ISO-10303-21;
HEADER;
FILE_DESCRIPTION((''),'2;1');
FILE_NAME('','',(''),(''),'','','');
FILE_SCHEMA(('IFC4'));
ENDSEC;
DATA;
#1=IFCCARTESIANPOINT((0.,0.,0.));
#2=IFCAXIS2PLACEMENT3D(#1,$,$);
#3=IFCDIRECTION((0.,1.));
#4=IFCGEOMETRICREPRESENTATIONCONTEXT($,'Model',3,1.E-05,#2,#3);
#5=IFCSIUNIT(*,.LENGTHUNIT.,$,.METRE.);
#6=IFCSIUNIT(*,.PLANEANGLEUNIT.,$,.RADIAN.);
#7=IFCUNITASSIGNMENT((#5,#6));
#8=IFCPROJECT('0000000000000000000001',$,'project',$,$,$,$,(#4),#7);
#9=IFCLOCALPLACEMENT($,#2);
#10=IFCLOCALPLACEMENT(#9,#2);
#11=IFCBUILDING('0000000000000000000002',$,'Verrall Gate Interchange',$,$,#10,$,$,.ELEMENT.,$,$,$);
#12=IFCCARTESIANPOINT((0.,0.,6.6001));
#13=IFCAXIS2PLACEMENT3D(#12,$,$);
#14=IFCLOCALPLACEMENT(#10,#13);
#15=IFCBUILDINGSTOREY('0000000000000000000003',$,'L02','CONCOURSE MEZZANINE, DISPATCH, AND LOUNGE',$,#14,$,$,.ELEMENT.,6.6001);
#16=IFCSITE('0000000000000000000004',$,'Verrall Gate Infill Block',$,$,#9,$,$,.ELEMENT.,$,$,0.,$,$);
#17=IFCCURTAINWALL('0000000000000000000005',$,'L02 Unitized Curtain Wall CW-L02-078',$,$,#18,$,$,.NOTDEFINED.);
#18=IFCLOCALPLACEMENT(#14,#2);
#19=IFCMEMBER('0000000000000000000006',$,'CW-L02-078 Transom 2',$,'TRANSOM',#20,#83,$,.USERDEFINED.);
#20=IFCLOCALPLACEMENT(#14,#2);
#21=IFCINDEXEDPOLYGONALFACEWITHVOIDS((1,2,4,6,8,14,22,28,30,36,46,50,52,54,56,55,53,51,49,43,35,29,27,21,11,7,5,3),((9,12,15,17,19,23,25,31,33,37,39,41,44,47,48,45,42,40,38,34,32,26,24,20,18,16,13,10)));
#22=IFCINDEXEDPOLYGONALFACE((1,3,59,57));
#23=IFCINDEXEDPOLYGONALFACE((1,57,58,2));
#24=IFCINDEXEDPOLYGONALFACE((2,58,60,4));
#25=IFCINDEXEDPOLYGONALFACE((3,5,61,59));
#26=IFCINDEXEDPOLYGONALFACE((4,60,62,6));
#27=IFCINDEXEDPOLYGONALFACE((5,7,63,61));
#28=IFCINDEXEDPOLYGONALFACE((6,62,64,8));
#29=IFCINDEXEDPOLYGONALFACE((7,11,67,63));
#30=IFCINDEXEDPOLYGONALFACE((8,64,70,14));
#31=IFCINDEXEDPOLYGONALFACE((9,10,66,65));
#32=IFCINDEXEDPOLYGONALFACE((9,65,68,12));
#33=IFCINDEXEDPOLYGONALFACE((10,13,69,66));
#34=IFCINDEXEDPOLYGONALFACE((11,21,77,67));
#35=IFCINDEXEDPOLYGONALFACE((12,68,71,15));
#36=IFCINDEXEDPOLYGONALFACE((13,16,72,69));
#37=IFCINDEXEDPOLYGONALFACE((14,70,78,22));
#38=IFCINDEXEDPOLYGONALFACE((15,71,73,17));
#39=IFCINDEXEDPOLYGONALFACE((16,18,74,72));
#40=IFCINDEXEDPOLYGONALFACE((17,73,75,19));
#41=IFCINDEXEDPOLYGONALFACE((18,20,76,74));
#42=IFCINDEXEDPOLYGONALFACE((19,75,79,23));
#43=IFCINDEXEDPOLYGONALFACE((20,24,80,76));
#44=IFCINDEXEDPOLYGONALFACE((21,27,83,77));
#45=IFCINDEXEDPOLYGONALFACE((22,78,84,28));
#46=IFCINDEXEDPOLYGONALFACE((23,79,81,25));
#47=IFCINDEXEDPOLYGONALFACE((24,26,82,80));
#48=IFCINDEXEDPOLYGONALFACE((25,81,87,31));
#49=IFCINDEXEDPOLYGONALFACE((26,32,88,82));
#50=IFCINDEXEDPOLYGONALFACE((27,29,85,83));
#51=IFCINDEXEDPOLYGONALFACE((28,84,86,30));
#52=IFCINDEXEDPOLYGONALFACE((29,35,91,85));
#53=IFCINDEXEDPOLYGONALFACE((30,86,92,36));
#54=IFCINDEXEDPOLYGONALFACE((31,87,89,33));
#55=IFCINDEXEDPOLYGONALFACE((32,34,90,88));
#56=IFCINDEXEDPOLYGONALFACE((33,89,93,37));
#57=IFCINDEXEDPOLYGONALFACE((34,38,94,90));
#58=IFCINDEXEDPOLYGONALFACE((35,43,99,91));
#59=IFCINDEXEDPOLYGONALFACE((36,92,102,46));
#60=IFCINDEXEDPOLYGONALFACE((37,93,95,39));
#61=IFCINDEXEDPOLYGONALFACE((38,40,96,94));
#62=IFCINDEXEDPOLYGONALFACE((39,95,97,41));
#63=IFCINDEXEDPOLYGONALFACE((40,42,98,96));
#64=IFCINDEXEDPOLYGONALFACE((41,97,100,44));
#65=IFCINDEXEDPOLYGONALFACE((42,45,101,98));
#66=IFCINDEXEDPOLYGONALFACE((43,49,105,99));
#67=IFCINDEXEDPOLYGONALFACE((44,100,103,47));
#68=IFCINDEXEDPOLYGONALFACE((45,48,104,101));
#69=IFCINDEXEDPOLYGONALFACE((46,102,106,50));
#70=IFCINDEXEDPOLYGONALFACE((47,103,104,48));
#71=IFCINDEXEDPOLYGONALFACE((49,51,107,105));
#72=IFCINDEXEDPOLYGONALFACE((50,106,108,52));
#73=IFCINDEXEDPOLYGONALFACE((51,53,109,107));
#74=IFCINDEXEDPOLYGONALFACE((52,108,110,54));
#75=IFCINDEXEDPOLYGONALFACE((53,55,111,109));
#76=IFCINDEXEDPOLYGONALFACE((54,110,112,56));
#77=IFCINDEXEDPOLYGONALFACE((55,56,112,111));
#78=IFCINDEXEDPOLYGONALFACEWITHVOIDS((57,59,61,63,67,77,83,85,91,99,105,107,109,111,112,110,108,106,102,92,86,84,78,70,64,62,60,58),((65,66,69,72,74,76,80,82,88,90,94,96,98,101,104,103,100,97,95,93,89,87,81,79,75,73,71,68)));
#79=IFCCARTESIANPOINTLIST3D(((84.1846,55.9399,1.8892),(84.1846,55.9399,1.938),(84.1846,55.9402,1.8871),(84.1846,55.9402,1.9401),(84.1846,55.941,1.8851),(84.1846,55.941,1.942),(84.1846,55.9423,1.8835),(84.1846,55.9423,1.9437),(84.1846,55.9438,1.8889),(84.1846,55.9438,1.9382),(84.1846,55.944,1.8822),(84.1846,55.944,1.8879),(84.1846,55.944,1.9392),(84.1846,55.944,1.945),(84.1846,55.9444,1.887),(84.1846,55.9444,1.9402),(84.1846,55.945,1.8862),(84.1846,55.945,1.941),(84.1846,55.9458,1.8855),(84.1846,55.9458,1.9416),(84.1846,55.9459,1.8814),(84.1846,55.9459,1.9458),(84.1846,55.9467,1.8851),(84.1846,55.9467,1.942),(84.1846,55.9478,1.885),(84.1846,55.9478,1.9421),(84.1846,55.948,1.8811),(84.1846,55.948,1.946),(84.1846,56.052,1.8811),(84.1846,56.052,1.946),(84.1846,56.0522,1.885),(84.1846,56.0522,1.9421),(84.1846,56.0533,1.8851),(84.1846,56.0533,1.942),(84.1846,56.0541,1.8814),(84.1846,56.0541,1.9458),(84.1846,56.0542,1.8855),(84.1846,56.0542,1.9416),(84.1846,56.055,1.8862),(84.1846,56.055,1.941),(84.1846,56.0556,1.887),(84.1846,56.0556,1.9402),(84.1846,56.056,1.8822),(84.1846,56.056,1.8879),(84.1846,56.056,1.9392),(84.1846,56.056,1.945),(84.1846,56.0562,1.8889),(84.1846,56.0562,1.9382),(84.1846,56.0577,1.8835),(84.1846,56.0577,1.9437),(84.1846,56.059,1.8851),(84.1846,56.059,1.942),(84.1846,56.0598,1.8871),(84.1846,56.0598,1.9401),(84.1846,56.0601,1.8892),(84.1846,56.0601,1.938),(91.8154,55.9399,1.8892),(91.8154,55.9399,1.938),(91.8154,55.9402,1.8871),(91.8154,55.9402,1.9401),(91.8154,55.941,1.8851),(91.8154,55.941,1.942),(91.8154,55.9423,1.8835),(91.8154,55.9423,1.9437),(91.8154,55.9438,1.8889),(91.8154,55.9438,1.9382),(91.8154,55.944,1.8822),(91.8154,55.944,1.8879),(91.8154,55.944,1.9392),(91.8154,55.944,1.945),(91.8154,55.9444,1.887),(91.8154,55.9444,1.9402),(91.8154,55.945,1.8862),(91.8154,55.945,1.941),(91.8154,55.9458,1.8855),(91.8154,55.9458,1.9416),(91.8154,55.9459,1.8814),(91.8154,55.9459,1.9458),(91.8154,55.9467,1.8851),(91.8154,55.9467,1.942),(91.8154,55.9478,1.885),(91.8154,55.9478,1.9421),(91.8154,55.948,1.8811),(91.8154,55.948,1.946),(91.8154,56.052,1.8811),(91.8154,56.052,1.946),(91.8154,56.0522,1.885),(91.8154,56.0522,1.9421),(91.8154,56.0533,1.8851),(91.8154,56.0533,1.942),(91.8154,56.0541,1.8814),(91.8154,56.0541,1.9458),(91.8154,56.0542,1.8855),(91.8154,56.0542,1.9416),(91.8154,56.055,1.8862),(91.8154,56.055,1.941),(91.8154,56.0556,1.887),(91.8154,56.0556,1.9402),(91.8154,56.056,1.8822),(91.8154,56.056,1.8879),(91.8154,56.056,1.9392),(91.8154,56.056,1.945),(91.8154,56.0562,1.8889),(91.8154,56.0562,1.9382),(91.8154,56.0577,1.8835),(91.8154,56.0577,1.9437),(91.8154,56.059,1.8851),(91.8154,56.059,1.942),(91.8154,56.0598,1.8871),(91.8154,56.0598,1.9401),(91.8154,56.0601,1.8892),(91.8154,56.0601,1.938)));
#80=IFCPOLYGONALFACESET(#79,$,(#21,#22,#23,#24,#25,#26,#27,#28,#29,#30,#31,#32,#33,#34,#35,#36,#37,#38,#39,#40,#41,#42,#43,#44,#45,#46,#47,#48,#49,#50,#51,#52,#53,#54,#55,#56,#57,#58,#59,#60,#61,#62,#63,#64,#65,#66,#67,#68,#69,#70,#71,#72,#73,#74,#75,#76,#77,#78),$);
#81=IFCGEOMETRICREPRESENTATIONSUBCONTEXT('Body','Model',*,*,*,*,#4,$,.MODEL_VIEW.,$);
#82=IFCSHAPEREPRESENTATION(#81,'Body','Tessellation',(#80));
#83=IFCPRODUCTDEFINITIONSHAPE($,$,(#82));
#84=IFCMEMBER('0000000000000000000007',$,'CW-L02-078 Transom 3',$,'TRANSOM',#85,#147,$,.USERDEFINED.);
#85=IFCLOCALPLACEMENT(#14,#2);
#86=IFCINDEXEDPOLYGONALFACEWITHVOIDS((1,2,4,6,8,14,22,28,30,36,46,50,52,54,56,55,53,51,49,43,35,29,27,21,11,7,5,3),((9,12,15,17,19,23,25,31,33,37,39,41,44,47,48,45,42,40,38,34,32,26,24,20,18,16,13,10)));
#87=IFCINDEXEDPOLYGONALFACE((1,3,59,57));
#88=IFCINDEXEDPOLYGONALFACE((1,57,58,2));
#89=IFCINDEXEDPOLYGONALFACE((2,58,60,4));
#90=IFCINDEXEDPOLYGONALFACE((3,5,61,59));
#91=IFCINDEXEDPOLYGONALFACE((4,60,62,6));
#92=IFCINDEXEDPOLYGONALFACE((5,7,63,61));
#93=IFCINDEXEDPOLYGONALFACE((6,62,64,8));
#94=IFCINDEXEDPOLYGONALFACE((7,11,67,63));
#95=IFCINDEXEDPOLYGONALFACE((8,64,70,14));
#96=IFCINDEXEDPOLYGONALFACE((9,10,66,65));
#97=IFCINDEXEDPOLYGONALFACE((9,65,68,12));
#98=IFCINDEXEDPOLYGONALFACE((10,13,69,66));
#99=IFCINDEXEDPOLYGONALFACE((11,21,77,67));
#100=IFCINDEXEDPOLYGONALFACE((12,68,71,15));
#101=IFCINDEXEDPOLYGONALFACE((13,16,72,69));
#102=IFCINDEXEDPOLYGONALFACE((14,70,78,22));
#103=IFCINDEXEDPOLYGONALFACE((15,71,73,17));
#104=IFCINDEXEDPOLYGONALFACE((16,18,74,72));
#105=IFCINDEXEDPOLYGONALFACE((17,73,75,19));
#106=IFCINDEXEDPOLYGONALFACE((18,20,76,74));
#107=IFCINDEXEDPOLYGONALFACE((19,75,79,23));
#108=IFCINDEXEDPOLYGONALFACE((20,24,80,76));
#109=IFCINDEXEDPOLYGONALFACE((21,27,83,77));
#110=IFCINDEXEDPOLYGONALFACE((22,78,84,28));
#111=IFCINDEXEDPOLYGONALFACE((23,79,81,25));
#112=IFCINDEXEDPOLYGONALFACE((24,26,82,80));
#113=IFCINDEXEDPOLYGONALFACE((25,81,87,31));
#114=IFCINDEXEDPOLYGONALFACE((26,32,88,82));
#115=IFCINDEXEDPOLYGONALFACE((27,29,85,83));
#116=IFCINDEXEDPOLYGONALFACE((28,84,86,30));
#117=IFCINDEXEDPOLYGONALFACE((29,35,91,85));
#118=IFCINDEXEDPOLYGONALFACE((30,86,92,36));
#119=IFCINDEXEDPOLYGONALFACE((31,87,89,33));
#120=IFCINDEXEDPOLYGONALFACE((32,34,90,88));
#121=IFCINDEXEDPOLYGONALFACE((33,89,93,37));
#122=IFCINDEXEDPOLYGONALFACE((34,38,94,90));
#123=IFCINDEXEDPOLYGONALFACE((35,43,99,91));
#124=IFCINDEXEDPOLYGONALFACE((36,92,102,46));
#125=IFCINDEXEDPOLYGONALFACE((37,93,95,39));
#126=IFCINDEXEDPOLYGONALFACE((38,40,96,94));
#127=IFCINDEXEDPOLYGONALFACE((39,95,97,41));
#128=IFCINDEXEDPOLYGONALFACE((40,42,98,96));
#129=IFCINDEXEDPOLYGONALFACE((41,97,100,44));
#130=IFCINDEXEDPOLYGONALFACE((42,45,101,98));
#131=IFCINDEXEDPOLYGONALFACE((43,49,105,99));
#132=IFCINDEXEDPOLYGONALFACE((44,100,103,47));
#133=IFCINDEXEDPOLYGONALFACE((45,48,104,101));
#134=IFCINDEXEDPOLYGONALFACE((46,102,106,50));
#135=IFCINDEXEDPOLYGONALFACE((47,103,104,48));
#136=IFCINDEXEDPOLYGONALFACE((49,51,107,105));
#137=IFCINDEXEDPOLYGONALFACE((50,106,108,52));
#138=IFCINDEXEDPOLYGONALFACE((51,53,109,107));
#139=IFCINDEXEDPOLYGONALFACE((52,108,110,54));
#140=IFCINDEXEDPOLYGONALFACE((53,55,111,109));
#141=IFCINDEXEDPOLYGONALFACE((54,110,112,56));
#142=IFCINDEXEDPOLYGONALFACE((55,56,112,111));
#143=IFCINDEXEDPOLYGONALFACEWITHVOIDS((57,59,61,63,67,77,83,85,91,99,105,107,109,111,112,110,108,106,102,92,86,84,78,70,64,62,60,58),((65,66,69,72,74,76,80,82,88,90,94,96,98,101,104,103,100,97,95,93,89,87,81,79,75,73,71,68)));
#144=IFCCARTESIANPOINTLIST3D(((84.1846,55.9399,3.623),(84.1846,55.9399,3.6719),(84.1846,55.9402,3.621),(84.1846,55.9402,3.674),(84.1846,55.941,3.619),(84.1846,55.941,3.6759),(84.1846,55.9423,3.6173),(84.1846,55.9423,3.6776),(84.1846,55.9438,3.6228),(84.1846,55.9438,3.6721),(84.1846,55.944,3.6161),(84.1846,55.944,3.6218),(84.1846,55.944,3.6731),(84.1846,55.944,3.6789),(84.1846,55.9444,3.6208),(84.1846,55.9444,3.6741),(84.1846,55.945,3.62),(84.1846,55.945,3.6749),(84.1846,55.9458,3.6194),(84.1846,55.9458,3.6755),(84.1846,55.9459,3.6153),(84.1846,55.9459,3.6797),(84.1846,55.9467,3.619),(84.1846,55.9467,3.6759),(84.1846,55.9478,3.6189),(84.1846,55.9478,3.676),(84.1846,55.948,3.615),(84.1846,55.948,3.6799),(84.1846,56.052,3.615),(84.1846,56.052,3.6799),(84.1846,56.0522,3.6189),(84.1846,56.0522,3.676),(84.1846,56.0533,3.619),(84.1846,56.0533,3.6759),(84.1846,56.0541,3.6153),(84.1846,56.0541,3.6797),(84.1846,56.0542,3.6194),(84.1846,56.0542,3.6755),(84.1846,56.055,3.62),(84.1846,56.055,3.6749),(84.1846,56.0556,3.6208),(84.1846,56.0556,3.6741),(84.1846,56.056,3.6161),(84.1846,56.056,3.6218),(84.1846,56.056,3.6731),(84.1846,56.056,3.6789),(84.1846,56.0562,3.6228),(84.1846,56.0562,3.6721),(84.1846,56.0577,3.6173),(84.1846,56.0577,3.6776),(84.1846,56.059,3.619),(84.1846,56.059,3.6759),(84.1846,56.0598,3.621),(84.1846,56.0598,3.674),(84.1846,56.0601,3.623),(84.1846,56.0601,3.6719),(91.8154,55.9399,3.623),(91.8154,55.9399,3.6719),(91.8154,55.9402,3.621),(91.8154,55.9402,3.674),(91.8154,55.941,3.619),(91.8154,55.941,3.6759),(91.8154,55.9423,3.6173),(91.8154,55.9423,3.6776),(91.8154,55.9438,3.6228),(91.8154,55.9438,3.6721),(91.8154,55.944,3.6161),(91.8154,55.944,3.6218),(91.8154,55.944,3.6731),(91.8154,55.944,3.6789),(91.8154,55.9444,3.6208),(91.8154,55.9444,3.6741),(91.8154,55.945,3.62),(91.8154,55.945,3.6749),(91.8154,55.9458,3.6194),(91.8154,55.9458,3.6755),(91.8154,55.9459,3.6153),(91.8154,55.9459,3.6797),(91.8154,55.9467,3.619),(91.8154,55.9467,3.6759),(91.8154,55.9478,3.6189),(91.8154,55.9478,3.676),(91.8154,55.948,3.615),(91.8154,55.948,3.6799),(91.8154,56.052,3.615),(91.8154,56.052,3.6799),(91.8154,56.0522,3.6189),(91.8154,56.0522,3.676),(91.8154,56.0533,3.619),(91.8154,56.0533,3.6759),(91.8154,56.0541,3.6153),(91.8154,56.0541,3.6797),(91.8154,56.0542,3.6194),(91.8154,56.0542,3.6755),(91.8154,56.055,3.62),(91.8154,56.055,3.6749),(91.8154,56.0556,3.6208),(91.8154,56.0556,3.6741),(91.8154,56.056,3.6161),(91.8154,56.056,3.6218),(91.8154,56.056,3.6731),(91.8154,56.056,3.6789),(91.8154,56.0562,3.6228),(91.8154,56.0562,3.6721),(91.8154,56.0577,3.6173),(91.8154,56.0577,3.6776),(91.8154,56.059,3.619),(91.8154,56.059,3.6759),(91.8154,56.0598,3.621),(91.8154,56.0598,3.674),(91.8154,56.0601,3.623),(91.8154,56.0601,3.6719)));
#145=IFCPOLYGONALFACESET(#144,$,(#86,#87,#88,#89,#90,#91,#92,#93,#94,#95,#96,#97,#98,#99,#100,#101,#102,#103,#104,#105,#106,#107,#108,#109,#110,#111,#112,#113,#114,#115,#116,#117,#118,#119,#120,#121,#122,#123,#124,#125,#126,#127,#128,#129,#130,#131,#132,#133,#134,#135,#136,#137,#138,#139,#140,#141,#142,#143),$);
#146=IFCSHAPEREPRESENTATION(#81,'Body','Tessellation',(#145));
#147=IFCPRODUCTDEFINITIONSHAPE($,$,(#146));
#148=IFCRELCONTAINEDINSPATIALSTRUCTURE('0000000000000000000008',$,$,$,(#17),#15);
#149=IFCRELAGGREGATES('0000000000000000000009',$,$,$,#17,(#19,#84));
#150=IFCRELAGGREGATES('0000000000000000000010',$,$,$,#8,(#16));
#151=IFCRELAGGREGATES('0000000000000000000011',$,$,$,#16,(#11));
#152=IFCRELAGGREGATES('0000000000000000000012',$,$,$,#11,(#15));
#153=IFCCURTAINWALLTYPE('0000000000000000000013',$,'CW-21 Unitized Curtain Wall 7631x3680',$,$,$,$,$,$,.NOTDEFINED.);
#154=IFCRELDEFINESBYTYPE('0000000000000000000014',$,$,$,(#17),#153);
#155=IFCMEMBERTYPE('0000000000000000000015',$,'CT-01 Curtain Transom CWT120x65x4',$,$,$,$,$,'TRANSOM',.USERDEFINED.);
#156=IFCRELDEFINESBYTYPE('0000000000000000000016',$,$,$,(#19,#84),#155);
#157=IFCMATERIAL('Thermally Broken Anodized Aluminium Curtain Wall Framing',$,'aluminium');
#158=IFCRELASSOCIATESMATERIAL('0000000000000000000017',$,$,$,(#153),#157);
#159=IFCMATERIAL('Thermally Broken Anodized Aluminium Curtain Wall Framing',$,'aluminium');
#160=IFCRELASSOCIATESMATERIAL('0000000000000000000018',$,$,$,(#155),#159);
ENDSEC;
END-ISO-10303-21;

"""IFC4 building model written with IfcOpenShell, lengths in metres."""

from ifc_helpers import new_model, si_unit, direction, frame, origin, origin_2d, place, context, subcontext, project, spatial, hollow_rectangle, extrude, material, material_profile, profile_set, type_object, element, aggregate, save


model = new_model("IFC4")

# Units and contexts
model_context = context("Model", 3, precision=1e-05, world=origin(), true_north=direction((0.0, 1.0)))
body_context = subcontext(model_context, "Body", "Model", "MODEL_VIEW")
ifc_project = project(units=[si_unit("LENGTHUNIT", "METRE"), si_unit("PLANEANGLEUNIT", "RADIAN")], contexts=[model_context])

# Site, building, storey
site_placement = place(None, origin())
site = spatial("IfcSite", under=ifc_project, at=site_placement, Name="Verrall Gate Infill Block", CompositionType="ELEMENT", RefElevation=0.0)
building_placement = place(site_placement, origin())
building = spatial("IfcBuilding", under=site, at=building_placement, Name="Verrall Gate Interchange", CompositionType="ELEMENT")
storey_placement = place(building_placement, frame((0.0, 0.0, 6.6001)))
storey = spatial("IfcBuildingStorey", under=building, at=storey_placement, Name="L02", Description="CONCOURSE MEZZANINE, DISPATCH, AND LOUNGE", CompositionType="ELEMENT", Elevation=6.6001)

# Curtain wall
ifc_material_1 = material(Name="Thermally Broken Anodized Aluminium Curtain Wall Framing", Category="aluminium")
curtain_wall_type = type_object("IfcCurtainWallType", Name="CW-21 Unitized Curtain Wall 7631x3680", PredefinedType="NOTDEFINED", material=ifc_material_1)
curtain_wall_1_placement = place(storey_placement, origin())
curtain_wall_1 = element("IfcCurtainWall", 1, at=curtain_wall_1_placement, inside=storey, type_object=curtain_wall_type, Name="L02 Unitized Curtain Wall CW-L02-078", PredefinedType="NOTDEFINED")

# Members
ifc_material_2 = material(Name="Thermally Broken Anodized Aluminium Curtain Wall Framing", Category="aluminium")
ifc_material_profile_1 = material_profile(ifc_material_2, hollow_rectangle(XDim=0.1201, YDim=0.0649, WallThickness=0.0039, InnerFilletRadius=0.0039, OuterFilletRadius=0.0081, at=origin_2d()), Name="CWT120x65x4")
ifc_profile_set_1 = profile_set([ifc_material_profile_1], Name="Thermally Broken Anodized Aluminium Curtain Wall Framing")
member_type_1 = type_object("IfcMemberType", Name="CT-01 Curtain Transom CWT120x65x4", ElementType="TRANSOM", PredefinedType="USERDEFINED", material=ifc_profile_set_1)
member_1_placement = place(storey_placement, frame((91.8154, 56.0, 1.9136), z_axis=(-1.0, 0.0, 0.0), x_axis=(0.0, -1.0, 0.0)))
member_1 = element("IfcMember", 2, at=member_1_placement, type_object=member_type_1, Name="CW-L02-078 Transom 2", ObjectType="TRANSOM", PredefinedType="USERDEFINED", context=body_context, shape_type="SweptSolid", body=[
    extrude(hollow_rectangle(XDim=0.1201, YDim=0.0649, WallThickness=0.0039, InnerFilletRadius=0.0039, OuterFilletRadius=0.0081, at=origin_2d()), origin(), (0.0, 0.0, 1.0), 7.6309),
])
member_2_placement = place(storey_placement, frame((91.8154, 56.0, 3.6475), z_axis=(-1.0, 0.0, 0.0), x_axis=(0.0, -1.0, 0.0)))
member_2 = element("IfcMember", 3, at=member_2_placement, type_object=member_type_1, Name="CW-L02-078 Transom 3", ObjectType="TRANSOM", PredefinedType="USERDEFINED", context=body_context, shape_type="SweptSolid", body=[
    extrude(hollow_rectangle(XDim=0.1201, YDim=0.0649, WallThickness=0.0039, InnerFilletRadius=0.0039, OuterFilletRadius=0.0081, at=origin_2d()), origin(), (0.0, 0.0, 1.0), 7.6309),
])

aggregate(curtain_wall_1, [member_1, member_2])

save(model, "model.ifc")
